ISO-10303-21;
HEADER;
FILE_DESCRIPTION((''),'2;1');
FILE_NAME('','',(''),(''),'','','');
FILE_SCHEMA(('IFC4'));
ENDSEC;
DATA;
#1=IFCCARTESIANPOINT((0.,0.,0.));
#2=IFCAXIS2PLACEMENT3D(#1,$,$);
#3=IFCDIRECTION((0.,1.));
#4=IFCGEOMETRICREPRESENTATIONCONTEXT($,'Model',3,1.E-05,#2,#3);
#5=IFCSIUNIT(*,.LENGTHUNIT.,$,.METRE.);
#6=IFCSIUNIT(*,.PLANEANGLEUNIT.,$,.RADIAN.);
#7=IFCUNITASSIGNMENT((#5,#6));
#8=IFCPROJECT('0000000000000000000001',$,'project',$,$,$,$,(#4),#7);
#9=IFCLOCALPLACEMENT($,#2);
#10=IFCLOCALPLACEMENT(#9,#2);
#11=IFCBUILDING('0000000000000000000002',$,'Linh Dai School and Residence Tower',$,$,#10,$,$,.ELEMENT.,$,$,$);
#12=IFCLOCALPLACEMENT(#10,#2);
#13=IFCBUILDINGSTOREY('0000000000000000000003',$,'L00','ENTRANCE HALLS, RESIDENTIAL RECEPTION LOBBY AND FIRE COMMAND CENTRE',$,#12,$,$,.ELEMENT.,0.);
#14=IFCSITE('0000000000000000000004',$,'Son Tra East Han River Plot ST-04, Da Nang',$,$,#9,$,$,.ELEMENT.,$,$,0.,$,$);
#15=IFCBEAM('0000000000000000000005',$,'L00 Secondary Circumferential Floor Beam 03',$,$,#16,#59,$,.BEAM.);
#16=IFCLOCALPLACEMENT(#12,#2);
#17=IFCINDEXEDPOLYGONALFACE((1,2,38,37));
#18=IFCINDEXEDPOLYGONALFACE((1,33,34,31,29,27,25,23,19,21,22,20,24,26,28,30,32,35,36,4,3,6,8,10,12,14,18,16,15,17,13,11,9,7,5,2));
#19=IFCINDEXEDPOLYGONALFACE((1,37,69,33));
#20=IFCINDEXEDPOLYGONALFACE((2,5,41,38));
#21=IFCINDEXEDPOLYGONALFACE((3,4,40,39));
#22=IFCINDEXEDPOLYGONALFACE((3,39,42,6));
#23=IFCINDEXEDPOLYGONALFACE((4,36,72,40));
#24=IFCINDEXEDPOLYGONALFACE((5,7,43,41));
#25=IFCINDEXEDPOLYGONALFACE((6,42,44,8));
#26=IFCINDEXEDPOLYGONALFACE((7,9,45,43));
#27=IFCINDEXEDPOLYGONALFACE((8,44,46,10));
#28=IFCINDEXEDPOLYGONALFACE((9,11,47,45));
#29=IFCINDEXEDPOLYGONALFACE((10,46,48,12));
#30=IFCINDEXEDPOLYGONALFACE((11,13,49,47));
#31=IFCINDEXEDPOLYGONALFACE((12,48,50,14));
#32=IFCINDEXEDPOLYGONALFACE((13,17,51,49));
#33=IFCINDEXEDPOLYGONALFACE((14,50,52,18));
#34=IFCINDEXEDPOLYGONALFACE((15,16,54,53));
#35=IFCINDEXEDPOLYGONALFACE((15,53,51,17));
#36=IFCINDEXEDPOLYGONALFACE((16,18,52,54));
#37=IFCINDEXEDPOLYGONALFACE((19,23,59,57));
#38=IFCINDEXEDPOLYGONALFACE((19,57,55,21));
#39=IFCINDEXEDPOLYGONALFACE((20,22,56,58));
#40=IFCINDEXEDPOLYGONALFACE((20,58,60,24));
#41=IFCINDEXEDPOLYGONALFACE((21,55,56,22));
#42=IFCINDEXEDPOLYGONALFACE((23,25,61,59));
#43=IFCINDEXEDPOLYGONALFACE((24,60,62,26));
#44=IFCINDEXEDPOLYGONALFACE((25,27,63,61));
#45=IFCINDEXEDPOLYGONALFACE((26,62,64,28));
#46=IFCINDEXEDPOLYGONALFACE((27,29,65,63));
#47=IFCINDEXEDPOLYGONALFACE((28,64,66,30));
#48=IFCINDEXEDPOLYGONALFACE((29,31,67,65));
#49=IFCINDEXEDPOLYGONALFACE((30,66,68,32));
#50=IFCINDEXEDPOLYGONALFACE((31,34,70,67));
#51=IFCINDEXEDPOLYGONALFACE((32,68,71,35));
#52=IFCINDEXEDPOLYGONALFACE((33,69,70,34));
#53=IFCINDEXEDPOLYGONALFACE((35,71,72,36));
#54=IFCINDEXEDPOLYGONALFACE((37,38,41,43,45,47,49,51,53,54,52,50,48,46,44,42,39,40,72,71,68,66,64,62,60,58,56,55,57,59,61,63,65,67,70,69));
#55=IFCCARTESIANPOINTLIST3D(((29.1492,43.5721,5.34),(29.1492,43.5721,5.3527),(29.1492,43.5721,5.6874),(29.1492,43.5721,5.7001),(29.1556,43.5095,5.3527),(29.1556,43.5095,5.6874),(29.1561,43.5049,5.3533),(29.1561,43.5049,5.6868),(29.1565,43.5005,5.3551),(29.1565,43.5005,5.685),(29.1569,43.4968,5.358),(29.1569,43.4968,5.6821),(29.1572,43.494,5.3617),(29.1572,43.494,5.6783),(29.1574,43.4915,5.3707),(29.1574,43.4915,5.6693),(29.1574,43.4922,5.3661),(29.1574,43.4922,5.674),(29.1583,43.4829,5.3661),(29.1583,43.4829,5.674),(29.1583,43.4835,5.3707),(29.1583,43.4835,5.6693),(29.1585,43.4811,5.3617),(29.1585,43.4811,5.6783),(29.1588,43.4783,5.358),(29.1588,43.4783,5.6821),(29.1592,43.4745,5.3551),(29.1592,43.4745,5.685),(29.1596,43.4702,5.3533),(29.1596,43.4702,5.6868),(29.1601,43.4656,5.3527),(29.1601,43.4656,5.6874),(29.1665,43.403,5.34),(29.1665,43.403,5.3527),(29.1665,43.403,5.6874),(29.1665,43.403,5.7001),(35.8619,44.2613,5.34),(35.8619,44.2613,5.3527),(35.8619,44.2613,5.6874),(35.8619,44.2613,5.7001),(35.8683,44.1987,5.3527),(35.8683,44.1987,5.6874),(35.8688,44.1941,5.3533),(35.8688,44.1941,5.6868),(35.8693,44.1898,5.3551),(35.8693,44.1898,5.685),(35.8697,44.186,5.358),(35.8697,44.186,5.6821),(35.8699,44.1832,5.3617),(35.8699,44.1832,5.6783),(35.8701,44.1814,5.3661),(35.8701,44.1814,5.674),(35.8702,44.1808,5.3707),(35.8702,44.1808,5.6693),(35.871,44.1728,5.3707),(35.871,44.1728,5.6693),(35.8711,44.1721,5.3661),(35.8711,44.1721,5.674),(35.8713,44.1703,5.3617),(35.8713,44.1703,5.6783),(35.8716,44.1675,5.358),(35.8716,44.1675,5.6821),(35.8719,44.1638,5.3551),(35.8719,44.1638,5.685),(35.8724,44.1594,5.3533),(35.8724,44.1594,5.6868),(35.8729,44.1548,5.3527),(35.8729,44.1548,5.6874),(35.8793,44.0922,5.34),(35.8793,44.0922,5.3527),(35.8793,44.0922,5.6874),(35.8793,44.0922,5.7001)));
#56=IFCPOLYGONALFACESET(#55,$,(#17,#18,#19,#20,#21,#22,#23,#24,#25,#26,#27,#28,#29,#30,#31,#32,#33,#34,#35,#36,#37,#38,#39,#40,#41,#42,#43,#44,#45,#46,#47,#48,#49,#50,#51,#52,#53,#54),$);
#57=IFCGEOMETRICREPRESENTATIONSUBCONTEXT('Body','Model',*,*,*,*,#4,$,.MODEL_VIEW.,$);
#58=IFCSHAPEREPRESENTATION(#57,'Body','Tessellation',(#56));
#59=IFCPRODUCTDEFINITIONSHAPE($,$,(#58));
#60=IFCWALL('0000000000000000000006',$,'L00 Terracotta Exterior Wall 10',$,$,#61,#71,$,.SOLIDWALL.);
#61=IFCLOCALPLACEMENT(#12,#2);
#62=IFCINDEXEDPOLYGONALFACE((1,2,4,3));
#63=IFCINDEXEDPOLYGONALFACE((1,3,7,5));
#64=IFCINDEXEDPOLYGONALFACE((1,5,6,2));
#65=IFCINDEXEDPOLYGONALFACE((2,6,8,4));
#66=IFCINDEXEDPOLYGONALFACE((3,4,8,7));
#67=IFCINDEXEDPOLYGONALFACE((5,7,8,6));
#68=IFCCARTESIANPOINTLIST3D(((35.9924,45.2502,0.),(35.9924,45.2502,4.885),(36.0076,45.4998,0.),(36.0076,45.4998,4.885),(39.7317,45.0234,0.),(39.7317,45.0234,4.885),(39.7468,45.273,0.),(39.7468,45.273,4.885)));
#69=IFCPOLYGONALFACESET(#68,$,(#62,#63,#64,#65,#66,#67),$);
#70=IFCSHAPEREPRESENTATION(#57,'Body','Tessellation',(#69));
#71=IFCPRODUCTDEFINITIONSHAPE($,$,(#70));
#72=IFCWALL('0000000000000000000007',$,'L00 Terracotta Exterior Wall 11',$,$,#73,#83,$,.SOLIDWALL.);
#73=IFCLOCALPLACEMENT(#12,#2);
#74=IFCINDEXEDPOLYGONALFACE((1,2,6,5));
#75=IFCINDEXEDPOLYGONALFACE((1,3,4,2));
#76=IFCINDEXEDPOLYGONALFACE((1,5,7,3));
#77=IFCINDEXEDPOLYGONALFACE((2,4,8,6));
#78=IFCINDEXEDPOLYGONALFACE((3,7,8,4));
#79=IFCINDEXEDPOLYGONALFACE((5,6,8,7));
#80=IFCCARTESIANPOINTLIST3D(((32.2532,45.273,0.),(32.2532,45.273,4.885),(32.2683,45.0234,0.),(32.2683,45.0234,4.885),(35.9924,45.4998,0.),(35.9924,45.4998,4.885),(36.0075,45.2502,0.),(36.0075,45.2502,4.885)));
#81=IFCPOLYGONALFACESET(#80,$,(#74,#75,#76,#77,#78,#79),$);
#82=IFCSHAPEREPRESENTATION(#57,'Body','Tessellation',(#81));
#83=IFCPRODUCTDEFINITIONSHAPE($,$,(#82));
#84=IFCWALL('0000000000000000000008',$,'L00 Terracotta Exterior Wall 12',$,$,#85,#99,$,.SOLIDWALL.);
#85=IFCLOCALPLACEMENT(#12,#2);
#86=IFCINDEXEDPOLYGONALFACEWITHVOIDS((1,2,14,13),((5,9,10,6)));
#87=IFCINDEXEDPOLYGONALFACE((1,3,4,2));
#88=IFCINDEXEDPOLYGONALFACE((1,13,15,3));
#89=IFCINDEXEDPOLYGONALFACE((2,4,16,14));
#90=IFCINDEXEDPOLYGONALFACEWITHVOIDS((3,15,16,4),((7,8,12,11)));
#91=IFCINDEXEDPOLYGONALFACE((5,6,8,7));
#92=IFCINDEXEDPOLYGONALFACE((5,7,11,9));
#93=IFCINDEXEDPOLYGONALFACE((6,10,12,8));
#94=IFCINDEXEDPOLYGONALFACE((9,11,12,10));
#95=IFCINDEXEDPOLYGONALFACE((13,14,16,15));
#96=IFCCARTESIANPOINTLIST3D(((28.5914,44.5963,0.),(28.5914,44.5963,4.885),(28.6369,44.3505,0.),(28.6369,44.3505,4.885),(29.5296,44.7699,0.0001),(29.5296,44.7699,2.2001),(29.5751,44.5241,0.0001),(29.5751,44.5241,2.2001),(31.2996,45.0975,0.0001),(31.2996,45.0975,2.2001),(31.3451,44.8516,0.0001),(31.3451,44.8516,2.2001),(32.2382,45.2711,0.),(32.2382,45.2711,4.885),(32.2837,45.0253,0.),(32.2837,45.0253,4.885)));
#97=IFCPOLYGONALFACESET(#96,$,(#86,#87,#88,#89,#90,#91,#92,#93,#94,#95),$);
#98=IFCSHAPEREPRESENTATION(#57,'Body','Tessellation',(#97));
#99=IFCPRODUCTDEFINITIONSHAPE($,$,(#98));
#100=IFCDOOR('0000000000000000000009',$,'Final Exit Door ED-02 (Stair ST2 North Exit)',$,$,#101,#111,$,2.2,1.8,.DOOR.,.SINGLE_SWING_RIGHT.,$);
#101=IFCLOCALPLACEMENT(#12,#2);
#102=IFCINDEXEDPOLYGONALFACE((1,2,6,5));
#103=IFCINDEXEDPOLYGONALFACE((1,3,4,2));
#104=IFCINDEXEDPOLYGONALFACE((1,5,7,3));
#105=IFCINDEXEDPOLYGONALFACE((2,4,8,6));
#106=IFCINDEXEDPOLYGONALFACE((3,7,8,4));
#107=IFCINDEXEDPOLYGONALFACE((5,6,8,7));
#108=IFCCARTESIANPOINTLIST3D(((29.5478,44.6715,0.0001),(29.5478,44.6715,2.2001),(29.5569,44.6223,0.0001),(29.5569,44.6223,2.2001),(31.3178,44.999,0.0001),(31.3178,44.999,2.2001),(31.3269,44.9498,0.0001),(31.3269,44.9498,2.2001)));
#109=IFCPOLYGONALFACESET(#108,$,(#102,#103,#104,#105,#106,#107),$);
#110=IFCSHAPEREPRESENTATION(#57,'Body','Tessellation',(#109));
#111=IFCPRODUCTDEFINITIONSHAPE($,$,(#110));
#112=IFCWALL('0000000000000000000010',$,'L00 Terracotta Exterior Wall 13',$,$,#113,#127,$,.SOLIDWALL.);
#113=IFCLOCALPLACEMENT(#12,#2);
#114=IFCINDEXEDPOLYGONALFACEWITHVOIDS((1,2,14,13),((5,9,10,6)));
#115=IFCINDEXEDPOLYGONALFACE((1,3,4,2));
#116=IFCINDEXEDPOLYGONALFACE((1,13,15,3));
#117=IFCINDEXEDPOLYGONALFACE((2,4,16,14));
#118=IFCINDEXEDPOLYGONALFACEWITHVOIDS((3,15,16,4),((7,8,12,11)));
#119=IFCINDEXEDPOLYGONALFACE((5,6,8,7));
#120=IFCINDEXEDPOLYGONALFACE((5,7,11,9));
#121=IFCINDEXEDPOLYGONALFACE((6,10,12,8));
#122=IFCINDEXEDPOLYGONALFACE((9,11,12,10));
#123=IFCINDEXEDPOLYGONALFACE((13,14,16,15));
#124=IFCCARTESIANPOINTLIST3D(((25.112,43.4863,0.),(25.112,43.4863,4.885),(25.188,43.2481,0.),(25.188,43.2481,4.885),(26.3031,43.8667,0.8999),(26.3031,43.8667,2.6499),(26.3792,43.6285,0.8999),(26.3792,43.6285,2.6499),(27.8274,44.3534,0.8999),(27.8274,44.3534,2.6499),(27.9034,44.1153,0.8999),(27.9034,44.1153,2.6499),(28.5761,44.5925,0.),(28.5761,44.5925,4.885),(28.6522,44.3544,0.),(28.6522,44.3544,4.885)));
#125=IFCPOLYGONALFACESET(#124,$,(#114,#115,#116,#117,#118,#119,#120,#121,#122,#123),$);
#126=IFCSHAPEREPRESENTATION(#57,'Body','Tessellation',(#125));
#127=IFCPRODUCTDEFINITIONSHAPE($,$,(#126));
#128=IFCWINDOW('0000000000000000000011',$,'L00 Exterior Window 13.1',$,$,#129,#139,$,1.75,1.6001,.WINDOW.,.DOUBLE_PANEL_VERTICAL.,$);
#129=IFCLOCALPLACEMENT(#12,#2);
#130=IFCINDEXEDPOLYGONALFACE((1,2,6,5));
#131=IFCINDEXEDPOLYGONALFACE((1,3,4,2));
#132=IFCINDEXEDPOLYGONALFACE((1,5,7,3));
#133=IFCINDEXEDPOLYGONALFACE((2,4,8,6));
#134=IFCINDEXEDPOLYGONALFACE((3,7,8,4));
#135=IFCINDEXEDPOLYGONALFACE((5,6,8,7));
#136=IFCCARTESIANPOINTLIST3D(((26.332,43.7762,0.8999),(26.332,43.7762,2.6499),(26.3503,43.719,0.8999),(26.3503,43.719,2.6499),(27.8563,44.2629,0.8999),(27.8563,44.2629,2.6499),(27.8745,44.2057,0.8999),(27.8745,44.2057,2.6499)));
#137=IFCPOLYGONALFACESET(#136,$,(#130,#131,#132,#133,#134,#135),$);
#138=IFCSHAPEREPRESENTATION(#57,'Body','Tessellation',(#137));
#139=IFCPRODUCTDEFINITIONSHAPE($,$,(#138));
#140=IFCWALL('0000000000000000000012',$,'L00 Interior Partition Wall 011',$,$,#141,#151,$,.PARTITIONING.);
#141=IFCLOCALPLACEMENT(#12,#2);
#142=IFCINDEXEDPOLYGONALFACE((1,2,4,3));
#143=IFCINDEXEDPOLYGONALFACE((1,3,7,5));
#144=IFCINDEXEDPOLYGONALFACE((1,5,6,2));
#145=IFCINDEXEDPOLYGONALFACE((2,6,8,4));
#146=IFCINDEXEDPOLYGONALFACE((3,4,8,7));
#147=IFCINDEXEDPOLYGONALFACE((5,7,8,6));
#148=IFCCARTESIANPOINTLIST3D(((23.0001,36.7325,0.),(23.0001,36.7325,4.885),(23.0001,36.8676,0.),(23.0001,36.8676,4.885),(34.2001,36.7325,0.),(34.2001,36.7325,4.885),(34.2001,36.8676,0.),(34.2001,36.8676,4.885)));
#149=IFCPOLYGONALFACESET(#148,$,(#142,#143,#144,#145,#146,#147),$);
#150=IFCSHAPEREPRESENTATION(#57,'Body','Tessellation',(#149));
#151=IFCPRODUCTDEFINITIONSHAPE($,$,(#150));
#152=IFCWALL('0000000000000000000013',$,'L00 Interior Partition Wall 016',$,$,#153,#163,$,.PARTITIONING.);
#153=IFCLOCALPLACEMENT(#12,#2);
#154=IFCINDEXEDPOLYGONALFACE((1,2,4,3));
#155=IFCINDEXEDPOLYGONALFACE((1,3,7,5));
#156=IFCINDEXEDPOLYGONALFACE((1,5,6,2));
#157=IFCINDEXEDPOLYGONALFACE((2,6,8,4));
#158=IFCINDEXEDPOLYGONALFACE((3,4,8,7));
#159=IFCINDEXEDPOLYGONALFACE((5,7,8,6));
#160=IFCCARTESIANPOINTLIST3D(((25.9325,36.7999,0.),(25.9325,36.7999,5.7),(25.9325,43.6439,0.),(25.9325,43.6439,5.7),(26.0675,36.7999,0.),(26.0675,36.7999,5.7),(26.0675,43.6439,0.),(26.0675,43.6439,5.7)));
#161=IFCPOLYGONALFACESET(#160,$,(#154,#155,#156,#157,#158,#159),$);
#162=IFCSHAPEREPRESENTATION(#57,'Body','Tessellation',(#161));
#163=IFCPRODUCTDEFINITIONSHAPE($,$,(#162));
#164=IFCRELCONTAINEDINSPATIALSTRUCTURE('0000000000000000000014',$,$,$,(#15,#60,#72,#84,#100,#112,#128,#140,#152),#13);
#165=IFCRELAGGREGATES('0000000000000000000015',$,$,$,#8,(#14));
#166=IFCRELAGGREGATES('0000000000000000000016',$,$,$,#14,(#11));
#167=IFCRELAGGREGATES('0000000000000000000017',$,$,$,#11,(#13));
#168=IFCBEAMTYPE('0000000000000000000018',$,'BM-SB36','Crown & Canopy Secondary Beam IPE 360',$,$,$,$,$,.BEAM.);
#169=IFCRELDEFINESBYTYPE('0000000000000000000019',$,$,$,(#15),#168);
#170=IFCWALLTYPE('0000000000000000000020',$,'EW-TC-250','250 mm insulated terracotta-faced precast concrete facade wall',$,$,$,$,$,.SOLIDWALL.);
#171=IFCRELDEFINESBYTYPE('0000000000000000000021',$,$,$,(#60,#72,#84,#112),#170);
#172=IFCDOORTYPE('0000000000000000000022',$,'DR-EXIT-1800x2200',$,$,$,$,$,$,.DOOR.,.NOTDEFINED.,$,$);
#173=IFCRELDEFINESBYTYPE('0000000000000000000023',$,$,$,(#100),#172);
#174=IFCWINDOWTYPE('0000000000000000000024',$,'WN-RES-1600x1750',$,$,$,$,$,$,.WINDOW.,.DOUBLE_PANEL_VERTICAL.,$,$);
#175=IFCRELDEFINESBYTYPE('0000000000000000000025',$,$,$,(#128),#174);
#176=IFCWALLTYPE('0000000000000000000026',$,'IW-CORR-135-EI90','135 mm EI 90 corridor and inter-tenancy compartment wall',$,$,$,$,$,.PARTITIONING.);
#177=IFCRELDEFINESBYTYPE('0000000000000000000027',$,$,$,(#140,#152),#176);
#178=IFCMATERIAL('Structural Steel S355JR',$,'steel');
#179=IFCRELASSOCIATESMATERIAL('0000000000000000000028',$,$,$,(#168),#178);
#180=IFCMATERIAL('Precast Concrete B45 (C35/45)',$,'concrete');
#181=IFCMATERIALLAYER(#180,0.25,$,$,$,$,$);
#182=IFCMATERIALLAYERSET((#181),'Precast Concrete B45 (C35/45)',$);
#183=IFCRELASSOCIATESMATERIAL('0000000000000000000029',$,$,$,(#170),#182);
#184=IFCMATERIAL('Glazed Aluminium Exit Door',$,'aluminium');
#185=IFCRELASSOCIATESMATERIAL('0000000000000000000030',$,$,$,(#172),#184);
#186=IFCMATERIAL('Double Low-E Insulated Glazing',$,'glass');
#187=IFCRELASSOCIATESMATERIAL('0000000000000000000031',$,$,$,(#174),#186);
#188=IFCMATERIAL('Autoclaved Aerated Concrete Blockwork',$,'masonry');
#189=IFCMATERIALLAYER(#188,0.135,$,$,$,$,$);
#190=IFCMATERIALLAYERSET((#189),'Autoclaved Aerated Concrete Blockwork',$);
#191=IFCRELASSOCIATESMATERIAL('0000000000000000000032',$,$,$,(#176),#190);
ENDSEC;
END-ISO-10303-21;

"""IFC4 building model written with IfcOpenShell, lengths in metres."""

from ifc_helpers import new_model, si_unit, direction, frame, frame_2d, origin, origin_2d, place, context, subcontext, project, spatial, rectangle, i_section, extrude, source, transform, mapped, material, layer, layer_set, material_profile, profile_set, type_object, element, fill, save


model = new_model("IFC4")

# Units and contexts
model_context = context("Model", 3, precision=1e-05, world=origin(), true_north=direction((0.0, 1.0)))
body_context = subcontext(model_context, "Body", "Model", "MODEL_VIEW")
ifc_project = project(units=[si_unit("LENGTHUNIT", "METRE"), si_unit("PLANEANGLEUNIT", "RADIAN")], contexts=[model_context])

# Site, building, storey
site_placement = place(None, origin())
site = spatial("IfcSite", under=ifc_project, at=site_placement, Name="Son Tra East Han River Plot ST-04, Da Nang", CompositionType="ELEMENT", RefElevation=0.0)
building_placement = place(site_placement, origin())
building = spatial("IfcBuilding", under=site, at=building_placement, Name="Linh Dai School and Residence Tower", CompositionType="ELEMENT")
storey_placement = place(building_placement, origin())
storey = spatial("IfcBuildingStorey", under=building, at=storey_placement, Name="L00", Description="ENTRANCE HALLS, RESIDENTIAL RECEPTION LOBBY AND FIRE COMMAND CENTRE", CompositionType="ELEMENT", Elevation=0.0)

# Shared definitions
ifc_material_1 = material(Name="Structural Steel S355JR", Category="steel")

# Beam
ifc_material_profile_1 = material_profile(ifc_material_1, i_section(OverallWidth=0.1699, OverallDepth=0.3601, WebThickness=0.0081, FlangeThickness=0.0127, FilletRadius=0.0181, at=origin_2d()), Name="IPE 360")
ifc_profile_set_1 = profile_set([ifc_material_profile_1], Name="Structural Steel S355JR")
beam_type_1 = type_object("IfcBeamType", Name="BM-SB36", Description="Crown & Canopy Secondary Beam IPE 360", PredefinedType="BEAM", material=ifc_profile_set_1)
beam_1_placement = place(storey_placement, frame((35.8706, 44.1768, 5.52), z_axis=(-0.99477, -0.102136, 0.0), x_axis=(0.102136, -0.99477, 0.0)))
element("IfcBeam", 1, at=beam_1_placement, inside=storey, type_object=beam_type_1, Name="L00 Secondary Circumferential Floor Beam 03", PredefinedType="BEAM", context=body_context, shape_type="SweptSolid", body=[
    extrude(i_section(OverallWidth=0.1699, OverallDepth=0.3601, WebThickness=0.0081, FlangeThickness=0.0127, FilletRadius=0.0181, at=origin_2d()), origin(), (0.0, 0.0, 1.0), 6.748),
])

# Walls
ifc_material_2 = material(Name="Precast Concrete B45 (C35/45)", Category="concrete")
ifc_layer_1 = layer(ifc_material_2, 0.25)
ifc_layer_set_1 = layer_set([ifc_layer_1], Name="Precast Concrete B45 (C35/45)")
wall_type_1 = type_object("IfcWallType", Name="EW-TC-250", Description="250 mm insulated terracotta-faced precast concrete facade wall", PredefinedType="SOLIDWALL", material=ifc_layer_set_1)
for number, where, z_axis, x_axis, name in (
    (2, (36.0, 45.375, 0.0), (0.0, 0.0, 1.0), (0.998166, -0.060544, 0.0), "L00 Terracotta Exterior Wall 10"),
    (3, (32.2607, 45.1482, 0.0), (0.0, 0.0, 1.0), (0.998166, 0.060544, 0.0), "L00 Terracotta Exterior Wall 11"),
):
    element("IfcWall", number, at=place(storey_placement, frame(where, z_axis=z_axis, x_axis=x_axis)), inside=storey, type_object=wall_type_1, Name=name, PredefinedType="SOLIDWALL", context=body_context, shape_type="SweptSolid", body=[
        extrude(rectangle(XDim=3.7461, YDim=0.25, at=frame_2d((1.873, 0.0))), origin(), (0.0, 0.0, 1.0), 4.885),
    ])

# Wall, opening, door
wall_1_placement = place(storey_placement, frame((28.614, 44.4734, 0.0), z_axis=(0.0, 0.0, 1.0), x_axis=(0.983307, 0.181955, 0.0)))
wall_1 = element("IfcWall", 4, at=wall_1_placement, inside=storey, type_object=wall_type_1, Name="L00 Terracotta Exterior Wall 12", PredefinedType="SOLIDWALL", context=body_context, shape_type="SweptSolid", body=[
    extrude(rectangle(XDim=3.7087, YDim=0.25, at=frame_2d((1.8545, 0.0))), origin(), (0.0, 0.0, 1.0), 4.885),
])
opening_1_placement = place(wall_1_placement, frame((0.9543, 0.0, 0.0)))
opening_1 = element("IfcOpeningElement", 5, at=opening_1_placement, cuts=wall_1, PredefinedType="OPENING", context=body_context, shape_type="SweptSolid", body=[
    extrude(rectangle(XDim=1.8, YDim=2.2, at=origin_2d()), frame((0.8999, 0.135, 1.1001), z_axis=(0.0, -1.0, 0.0), x_axis=(1.0, 0.0, 0.0)), (0.0, 0.0, 1.0), 0.27),
])
ifc_material_3 = material(Name="Glazed Aluminium Exit Door", Category="aluminium")
door_type_1 = type_object("IfcDoorType", Name="DR-EXIT-1800x2200", OperationType="NOTDEFINED", PredefinedType="DOOR", material=ifc_material_3)
shared_shape_1 = source(origin(), body_context, "Body", "SweptSolid", [
    extrude(rectangle(XDim=1.8, YDim=2.2, at=origin_2d()), frame((0.8999, 0.0249, 1.1001), z_axis=(0.0, -1.0, 0.0), x_axis=(1.0, 0.0, 0.0)), (0.0, 0.0, 1.0), 0.05),
])
door_1_placement = place(opening_1_placement, origin())
door_1 = element("IfcDoor", 6, at=door_1_placement, inside=storey, type_object=door_type_1, Name="Final Exit Door ED-02 (Stair ST2 North Exit)", OperationType="SINGLE_SWING_RIGHT", OverallHeight=2.2, OverallWidth=1.8, PredefinedType="DOOR", context=body_context, shape_type="MappedRepresentation", body=[
    mapped(shared_shape_1, transform((0.0, 0.0, 0.0), x_axis=(1.0, 0.0, 0.0), y_axis=(0.0, 1.0, 0.0), z_axis=(0.0, 0.0, 1.0), scale=1.0)),
])
fill(opening_1, door_1)

# Wall, opening, window
wall_2_placement = place(storey_placement, frame((25.1499, 43.3672, 0.0), z_axis=(0.0, 0.0, 1.0), x_axis=(0.952609, 0.304198, 0.0)))
wall_2 = element("IfcWall", 7, at=wall_2_placement, inside=storey, type_object=wall_type_1, Name="L00 Terracotta Exterior Wall 13", PredefinedType="SOLIDWALL", context=body_context, shape_type="SweptSolid", body=[
    extrude(rectangle(XDim=3.6365, YDim=0.25, at=frame_2d((1.8184, 0.0))), origin(), (0.0, 0.0, 1.0), 4.885),
])
opening_2_placement = place(wall_2_placement, frame((1.2505, 0.0, 0.8999)))
opening_2 = element("IfcOpeningElement", 8, at=opening_2_placement, cuts=wall_2, PredefinedType="OPENING", context=body_context, shape_type="SweptSolid", body=[
    extrude(rectangle(XDim=1.6001, YDim=1.75, at=origin_2d()), frame((0.8, 0.135, 0.875), z_axis=(0.0, -1.0, 0.0), x_axis=(1.0, 0.0, 0.0)), (0.0, 0.0, 1.0), 0.27),
])
ifc_material_4 = material(Name="Double Low-E Insulated Glazing", Category="glass")
window_type = type_object("IfcWindowType", Name="WN-RES-1600x1750", PartitioningType="DOUBLE_PANEL_VERTICAL", PredefinedType="WINDOW", material=ifc_material_4)
shared_shape_2 = source(origin(), body_context, "Body", "SweptSolid", [
    extrude(rectangle(XDim=1.6001, YDim=1.75, at=origin_2d()), frame((0.8, 0.03, 0.875), z_axis=(0.0, -1.0, 0.0), x_axis=(1.0, 0.0, 0.0)), (0.0, 0.0, 1.0), 0.0601),
])
window_placement = place(opening_2_placement, origin())
window = element("IfcWindow", 9, at=window_placement, inside=storey, type_object=window_type, Name="L00 Exterior Window 13.1", OverallHeight=1.75, OverallWidth=1.6001, PartitioningType="DOUBLE_PANEL_VERTICAL", PredefinedType="WINDOW", context=body_context, shape_type="MappedRepresentation", body=[
    mapped(shared_shape_2, transform((0.0, 0.0, 0.0), x_axis=(1.0, 0.0, 0.0), y_axis=(0.0, 1.0, 0.0), z_axis=(0.0, 0.0, 1.0), scale=1.0)),
])
fill(opening_2, window)

# Walls
ifc_material_5 = material(Name="Autoclaved Aerated Concrete Blockwork", Category="masonry")
ifc_layer_2 = layer(ifc_material_5, 0.135)
ifc_layer_set_2 = layer_set([ifc_layer_2], Name="Autoclaved Aerated Concrete Blockwork")
wall_type_2 = type_object("IfcWallType", Name="IW-CORR-135-EI90", Description="135 mm EI 90 corridor and inter-tenancy compartment wall", PredefinedType="PARTITIONING", material=ifc_layer_set_2)
wall_3_placement = place(storey_placement, frame((23.0, 36.8, 0.0), z_axis=(0.0, 0.0, 1.0), x_axis=(1.0, 0.0, 0.0)))
element("IfcWall", 10, at=wall_3_placement, inside=storey, type_object=wall_type_2, Name="L00 Interior Partition Wall 011", PredefinedType="PARTITIONING", context=body_context, shape_type="SweptSolid", body=[
    extrude(rectangle(XDim=11.2, YDim=0.135, at=frame_2d((5.6001, 0.0))), origin(), (0.0, 0.0, 1.0), 4.885),
])
wall_4_placement = place(storey_placement, frame((26.0, 36.8, 0.0), z_axis=(0.0, 0.0, 1.0), x_axis=(0.0, 1.0, 0.0)))
element("IfcWall", 11, at=wall_4_placement, inside=storey, type_object=wall_type_2, Name="L00 Interior Partition Wall 016", PredefinedType="PARTITIONING", context=body_context, shape_type="SweptSolid", body=[
    extrude(rectangle(XDim=6.844, YDim=0.135, at=frame_2d((3.4219, 0.0))), origin(), (0.0, 0.0, 1.0), 5.7),
])

save(model, "model.ifc")
